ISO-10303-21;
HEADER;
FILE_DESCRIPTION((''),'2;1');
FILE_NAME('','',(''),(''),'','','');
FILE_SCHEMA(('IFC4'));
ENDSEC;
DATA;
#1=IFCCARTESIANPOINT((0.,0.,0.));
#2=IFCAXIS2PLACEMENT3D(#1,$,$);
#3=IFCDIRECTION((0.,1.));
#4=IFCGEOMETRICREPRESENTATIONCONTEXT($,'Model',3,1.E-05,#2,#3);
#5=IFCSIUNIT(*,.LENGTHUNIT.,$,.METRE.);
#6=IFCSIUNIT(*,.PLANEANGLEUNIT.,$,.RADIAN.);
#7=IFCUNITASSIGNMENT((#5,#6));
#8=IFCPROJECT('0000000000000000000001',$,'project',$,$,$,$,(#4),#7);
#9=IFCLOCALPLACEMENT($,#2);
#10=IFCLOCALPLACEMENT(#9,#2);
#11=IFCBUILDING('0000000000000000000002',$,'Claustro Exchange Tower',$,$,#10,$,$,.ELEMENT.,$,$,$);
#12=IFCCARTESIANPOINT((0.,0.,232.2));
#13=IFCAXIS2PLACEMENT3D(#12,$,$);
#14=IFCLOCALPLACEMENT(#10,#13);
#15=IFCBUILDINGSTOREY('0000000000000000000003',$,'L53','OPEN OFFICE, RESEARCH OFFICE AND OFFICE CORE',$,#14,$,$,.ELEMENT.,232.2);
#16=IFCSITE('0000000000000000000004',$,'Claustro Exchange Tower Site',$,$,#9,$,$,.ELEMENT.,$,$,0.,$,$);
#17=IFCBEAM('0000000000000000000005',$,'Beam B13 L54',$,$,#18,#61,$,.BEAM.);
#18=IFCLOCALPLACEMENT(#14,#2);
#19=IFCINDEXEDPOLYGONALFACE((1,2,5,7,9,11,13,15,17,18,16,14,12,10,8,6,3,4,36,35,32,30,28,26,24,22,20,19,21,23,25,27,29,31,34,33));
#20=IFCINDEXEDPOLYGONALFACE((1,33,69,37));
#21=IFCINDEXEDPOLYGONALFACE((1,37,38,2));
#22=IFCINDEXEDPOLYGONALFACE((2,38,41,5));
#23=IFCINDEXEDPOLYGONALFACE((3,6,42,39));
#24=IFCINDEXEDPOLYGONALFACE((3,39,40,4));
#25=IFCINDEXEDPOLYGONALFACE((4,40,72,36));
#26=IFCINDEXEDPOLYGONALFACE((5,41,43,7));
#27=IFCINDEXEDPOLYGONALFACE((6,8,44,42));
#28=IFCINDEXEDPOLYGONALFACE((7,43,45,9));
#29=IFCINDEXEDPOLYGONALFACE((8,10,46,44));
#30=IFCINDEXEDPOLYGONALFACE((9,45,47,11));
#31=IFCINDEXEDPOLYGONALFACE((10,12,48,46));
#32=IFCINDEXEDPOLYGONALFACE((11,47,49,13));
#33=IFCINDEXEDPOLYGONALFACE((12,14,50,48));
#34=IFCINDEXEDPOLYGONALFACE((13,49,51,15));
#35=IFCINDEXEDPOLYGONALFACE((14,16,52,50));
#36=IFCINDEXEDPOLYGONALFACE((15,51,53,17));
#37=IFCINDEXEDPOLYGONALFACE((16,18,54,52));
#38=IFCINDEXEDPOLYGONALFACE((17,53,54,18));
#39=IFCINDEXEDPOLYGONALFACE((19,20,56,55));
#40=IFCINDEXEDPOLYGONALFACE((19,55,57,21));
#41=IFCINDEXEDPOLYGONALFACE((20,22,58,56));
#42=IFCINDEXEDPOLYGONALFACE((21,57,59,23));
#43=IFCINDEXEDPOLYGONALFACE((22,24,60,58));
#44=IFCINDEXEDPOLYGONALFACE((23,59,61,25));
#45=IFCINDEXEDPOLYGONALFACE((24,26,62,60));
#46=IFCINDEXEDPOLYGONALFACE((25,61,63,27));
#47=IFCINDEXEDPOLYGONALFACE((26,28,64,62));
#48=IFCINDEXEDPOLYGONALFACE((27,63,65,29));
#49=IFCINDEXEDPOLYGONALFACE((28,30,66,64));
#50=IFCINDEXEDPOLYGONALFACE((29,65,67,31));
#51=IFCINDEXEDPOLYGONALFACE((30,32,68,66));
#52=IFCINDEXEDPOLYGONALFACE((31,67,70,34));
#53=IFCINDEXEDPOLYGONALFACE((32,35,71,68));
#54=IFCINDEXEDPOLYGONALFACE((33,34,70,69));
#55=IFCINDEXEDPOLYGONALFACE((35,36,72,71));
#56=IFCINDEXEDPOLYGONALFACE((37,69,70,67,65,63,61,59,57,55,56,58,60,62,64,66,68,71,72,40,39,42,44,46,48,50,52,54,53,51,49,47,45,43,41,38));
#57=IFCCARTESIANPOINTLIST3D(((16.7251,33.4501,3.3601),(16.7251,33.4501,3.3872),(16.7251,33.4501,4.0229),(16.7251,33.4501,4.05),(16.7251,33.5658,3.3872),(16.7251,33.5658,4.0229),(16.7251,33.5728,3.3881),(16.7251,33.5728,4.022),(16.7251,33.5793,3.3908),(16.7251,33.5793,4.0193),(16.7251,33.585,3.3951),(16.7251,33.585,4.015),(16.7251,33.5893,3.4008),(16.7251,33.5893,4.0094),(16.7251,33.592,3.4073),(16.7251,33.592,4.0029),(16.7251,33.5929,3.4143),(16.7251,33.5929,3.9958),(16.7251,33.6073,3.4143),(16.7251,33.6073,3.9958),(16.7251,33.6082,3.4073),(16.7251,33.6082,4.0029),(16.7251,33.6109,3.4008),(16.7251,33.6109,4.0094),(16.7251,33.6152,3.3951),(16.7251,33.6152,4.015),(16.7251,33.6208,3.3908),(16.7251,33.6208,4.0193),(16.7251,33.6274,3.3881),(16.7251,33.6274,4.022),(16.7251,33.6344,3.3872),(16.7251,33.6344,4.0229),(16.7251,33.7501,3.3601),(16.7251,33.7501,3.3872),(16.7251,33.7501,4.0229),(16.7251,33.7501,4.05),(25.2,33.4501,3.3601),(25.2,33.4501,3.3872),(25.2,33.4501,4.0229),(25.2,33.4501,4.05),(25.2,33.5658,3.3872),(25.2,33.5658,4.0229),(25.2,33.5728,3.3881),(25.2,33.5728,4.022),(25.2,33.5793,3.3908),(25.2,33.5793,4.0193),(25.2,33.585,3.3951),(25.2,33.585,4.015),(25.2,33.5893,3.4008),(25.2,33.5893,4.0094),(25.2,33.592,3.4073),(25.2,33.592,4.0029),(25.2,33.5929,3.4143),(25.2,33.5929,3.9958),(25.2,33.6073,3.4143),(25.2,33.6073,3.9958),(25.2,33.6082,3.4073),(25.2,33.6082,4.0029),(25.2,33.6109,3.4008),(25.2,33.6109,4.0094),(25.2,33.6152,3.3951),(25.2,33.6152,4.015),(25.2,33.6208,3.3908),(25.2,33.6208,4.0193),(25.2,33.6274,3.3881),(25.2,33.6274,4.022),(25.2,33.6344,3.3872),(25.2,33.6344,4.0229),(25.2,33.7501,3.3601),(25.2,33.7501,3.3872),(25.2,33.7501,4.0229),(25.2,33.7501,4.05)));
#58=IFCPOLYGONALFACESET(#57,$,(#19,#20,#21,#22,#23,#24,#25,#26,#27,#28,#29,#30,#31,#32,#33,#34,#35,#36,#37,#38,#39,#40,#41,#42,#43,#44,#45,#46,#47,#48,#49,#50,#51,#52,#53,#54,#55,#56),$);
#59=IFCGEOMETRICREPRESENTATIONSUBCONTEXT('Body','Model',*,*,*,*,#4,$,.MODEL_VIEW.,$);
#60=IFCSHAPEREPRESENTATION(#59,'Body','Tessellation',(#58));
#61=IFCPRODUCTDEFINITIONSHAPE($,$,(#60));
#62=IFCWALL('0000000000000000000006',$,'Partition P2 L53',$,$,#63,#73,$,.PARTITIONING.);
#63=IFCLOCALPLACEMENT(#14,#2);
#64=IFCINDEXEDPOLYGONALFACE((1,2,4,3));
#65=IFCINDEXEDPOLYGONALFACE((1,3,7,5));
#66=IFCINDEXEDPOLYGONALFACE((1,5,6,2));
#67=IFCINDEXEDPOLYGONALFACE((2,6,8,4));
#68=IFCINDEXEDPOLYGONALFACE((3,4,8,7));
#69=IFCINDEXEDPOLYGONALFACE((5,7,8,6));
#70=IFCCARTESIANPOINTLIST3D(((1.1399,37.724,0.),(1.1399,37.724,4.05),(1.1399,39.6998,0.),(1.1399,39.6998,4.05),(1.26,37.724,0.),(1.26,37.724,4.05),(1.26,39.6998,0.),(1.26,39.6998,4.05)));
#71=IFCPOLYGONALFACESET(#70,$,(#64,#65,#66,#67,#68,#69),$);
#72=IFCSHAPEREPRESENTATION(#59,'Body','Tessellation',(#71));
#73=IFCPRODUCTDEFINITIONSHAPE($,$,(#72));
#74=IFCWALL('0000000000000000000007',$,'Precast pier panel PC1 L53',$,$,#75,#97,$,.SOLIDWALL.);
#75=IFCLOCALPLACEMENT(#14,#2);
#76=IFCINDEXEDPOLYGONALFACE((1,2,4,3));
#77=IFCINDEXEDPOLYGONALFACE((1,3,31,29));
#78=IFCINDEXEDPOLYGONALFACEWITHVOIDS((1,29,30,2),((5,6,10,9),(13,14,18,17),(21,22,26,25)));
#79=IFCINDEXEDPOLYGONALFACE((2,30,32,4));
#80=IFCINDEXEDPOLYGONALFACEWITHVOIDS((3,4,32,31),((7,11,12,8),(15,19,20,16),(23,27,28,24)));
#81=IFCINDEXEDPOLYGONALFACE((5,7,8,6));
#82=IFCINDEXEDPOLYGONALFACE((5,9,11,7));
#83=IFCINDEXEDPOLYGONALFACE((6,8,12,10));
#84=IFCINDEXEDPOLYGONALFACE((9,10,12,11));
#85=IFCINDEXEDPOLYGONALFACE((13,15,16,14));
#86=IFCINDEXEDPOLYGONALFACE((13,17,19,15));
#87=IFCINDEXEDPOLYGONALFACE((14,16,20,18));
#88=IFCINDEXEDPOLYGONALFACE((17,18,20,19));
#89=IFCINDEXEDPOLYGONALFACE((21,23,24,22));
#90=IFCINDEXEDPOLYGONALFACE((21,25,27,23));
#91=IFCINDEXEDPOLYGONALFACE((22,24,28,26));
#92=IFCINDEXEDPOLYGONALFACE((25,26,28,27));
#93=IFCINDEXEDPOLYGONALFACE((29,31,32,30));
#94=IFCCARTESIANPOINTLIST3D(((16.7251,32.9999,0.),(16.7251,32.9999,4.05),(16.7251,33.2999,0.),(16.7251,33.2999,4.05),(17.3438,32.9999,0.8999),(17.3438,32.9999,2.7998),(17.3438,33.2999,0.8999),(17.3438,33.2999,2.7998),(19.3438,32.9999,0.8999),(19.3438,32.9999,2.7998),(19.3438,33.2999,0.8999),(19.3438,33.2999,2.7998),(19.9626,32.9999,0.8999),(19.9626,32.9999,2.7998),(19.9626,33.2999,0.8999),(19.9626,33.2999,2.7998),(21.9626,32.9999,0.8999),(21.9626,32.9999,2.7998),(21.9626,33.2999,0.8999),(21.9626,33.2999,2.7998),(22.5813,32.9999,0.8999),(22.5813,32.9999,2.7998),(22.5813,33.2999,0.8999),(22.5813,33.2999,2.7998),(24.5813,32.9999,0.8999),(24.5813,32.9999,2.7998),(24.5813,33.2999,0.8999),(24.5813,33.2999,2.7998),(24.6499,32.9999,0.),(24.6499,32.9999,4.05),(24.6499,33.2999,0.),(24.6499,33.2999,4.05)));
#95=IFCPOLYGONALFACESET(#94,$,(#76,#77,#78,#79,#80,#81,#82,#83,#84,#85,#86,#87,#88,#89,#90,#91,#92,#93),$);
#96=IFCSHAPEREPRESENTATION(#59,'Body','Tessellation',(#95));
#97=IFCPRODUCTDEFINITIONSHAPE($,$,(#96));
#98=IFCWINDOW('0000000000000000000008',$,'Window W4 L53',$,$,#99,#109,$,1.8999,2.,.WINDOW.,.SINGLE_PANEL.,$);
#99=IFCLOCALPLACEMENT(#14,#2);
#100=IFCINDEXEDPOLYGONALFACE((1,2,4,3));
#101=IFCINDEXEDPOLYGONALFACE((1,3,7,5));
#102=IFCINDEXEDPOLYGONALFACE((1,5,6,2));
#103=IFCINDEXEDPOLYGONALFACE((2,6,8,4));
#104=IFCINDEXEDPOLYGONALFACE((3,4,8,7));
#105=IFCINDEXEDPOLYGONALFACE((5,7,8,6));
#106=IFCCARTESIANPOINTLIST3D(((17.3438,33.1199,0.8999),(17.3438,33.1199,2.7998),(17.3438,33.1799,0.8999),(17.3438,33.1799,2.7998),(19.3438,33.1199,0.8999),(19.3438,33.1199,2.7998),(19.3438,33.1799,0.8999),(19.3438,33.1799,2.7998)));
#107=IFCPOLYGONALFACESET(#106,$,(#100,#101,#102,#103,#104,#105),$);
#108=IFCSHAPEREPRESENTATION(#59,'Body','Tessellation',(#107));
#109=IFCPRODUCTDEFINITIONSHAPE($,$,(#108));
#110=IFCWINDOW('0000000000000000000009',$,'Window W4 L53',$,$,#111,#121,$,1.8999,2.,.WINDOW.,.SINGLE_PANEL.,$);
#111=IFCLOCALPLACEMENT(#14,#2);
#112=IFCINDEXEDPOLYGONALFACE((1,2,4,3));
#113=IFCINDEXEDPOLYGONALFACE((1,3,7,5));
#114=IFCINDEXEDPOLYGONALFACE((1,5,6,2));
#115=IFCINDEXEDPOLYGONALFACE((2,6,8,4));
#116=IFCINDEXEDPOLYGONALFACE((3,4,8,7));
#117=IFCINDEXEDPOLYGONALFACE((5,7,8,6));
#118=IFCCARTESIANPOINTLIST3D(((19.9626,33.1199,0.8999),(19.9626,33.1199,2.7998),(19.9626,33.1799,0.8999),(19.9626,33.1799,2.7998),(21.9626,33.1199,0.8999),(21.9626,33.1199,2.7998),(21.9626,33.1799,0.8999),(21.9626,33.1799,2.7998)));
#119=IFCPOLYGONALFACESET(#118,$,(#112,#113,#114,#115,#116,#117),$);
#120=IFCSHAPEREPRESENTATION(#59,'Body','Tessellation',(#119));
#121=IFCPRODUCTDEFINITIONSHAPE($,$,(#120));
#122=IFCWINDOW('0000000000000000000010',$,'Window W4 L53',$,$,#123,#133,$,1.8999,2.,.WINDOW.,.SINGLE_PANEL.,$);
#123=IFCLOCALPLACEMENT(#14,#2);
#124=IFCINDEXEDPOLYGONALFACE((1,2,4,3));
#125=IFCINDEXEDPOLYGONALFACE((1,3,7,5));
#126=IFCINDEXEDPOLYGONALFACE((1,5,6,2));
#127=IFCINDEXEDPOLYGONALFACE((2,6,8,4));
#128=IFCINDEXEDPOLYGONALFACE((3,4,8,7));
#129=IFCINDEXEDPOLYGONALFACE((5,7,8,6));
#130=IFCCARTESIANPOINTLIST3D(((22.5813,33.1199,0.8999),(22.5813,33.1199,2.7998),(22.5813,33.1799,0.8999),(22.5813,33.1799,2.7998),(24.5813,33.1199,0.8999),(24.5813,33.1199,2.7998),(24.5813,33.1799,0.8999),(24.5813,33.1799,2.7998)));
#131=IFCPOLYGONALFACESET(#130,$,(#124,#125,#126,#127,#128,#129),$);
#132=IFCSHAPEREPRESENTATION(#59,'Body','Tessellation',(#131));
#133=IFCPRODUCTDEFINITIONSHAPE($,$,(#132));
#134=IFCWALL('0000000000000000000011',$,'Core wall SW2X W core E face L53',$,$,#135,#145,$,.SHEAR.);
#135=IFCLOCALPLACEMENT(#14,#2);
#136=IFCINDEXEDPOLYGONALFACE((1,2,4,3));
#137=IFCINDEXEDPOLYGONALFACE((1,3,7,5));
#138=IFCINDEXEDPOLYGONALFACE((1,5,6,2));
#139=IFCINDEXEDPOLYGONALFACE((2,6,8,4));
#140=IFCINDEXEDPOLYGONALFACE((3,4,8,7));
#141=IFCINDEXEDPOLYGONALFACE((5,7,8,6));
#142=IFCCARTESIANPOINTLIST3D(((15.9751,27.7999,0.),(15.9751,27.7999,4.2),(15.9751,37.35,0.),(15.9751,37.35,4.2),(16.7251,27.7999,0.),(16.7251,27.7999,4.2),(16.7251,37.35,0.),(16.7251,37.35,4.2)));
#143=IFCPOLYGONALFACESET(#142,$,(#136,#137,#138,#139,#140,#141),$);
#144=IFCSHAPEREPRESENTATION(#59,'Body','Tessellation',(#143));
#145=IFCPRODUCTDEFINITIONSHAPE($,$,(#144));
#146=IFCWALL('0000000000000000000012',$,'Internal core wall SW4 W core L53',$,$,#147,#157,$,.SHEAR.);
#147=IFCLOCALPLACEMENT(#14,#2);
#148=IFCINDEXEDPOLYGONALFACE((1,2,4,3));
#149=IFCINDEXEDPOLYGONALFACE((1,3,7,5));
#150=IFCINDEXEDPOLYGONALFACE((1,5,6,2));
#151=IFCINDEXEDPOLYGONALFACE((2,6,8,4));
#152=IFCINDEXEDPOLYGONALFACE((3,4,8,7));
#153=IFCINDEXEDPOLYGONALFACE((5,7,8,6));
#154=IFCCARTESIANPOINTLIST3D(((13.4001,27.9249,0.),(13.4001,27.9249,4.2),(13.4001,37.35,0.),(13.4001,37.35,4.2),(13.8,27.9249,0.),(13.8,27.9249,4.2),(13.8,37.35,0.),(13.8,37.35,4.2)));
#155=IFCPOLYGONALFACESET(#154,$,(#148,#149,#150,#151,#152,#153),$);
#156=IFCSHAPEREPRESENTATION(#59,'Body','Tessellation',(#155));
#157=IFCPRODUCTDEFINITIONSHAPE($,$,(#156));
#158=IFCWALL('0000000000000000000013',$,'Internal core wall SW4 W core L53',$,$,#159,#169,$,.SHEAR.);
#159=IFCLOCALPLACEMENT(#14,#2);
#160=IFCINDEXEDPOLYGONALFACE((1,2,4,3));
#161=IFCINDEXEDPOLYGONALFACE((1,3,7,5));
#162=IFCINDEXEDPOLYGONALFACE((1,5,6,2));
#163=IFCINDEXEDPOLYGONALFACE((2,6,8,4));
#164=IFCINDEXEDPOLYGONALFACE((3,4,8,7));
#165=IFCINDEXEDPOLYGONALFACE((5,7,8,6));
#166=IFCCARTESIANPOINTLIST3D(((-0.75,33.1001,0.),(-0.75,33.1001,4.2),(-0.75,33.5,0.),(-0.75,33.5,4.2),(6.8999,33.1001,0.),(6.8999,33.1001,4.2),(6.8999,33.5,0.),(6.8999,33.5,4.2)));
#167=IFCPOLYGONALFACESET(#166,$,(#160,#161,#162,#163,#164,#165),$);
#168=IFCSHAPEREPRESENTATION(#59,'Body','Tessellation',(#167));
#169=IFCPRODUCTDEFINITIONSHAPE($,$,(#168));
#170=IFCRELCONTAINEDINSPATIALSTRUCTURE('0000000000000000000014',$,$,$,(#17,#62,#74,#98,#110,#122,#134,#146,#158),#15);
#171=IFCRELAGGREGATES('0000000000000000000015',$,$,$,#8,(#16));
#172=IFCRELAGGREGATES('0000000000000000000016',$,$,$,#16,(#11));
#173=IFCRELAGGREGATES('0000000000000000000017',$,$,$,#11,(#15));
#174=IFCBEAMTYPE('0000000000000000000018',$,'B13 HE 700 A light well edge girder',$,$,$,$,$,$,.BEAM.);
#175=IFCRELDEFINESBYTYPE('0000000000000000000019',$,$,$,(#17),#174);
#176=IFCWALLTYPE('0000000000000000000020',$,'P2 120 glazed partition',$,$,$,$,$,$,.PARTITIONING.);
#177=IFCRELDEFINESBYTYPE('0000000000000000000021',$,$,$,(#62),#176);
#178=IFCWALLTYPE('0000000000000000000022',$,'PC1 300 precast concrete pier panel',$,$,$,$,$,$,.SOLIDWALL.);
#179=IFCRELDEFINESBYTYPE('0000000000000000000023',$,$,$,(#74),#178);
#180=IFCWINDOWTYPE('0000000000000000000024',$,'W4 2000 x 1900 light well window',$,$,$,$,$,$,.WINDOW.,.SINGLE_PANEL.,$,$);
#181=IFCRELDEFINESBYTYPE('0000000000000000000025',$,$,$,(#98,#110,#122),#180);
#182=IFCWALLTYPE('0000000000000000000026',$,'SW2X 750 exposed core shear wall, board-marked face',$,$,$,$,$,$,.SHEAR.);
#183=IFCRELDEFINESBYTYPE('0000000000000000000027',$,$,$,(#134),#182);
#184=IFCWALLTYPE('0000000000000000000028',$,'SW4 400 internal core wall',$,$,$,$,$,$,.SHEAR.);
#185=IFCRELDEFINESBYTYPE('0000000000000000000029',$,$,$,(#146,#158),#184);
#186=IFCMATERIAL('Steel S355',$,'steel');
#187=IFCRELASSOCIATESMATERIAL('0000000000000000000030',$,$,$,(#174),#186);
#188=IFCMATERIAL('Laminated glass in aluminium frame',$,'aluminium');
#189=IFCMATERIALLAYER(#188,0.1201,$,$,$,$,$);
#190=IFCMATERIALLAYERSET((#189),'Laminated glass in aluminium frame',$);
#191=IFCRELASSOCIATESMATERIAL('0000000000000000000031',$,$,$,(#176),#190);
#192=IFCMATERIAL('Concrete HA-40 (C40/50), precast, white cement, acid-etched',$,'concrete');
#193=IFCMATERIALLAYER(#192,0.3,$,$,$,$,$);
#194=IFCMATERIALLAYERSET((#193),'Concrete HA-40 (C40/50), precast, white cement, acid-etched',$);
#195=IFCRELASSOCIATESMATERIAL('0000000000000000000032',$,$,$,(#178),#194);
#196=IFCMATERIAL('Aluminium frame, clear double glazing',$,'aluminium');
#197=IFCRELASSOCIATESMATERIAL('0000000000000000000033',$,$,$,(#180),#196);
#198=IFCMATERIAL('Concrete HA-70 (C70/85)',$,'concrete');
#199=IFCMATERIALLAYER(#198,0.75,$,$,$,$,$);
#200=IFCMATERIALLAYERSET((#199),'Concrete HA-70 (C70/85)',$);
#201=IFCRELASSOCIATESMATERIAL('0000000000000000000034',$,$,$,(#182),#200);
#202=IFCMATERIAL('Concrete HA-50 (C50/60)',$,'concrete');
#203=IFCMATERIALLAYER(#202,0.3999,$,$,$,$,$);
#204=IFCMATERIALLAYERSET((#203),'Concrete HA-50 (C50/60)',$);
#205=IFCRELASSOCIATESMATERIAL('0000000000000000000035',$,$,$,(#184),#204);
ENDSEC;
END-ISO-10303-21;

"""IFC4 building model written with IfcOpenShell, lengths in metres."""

from ifc_helpers import new_model, si_unit, direction, frame, frame_2d, origin, origin_2d, place, context, subcontext, project, spatial, rectangle, i_section, extrude, material, layer, layer_set, material_profile, profile_set, type_object, element, fill, save


model = new_model("IFC4")

# Units and contexts
model_context = context("Model", 3, precision=1e-05, world=origin(), true_north=direction((0.0, 1.0)))
body_context = subcontext(model_context, "Body", "Model", "MODEL_VIEW")
ifc_project = project(units=[si_unit("LENGTHUNIT", "METRE"), si_unit("PLANEANGLEUNIT", "RADIAN")], contexts=[model_context])

# Site, building, storey
site_placement = place(None, origin())
site = spatial("IfcSite", under=ifc_project, at=site_placement, Name="Claustro Exchange Tower Site", CompositionType="ELEMENT", RefElevation=0.0)
building_placement = place(site_placement, origin())
building = spatial("IfcBuilding", under=site, at=building_placement, Name="Claustro Exchange Tower", CompositionType="ELEMENT")
storey_placement = place(building_placement, frame((0.0, 0.0, 232.2)))
storey = spatial("IfcBuildingStorey", under=building, at=storey_placement, Name="L53", Description="OPEN OFFICE, RESEARCH OFFICE AND OFFICE CORE", CompositionType="ELEMENT", Elevation=232.2)

# Beam
ifc_material_1 = material(Name="Steel S355", Category="steel")
ifc_material_profile = material_profile(ifc_material_1, i_section(OverallWidth=0.3, OverallDepth=0.6899, WebThickness=0.0144, FlangeThickness=0.0271, FilletRadius=0.0271, at=origin_2d()), Name="HE 700 A")
ifc_profile_set = profile_set([ifc_material_profile], Name="Steel S355")
beam_type = type_object("IfcBeamType", Name="B13 HE 700 A light well edge girder", PredefinedType="BEAM", material=ifc_profile_set)
beam_placement = place(storey_placement, frame((16.7251, 33.6001, 3.7051), z_axis=(1.0, 0.0, 0.0), x_axis=(0.0, 1.0, 0.0)))
element("IfcBeam", 1, at=beam_placement, inside=storey, type_object=beam_type, Name="Beam B13 L54", PredefinedType="BEAM", context=body_context, shape_type="SweptSolid", body=[
    extrude(i_section(OverallWidth=0.3, OverallDepth=0.6899, WebThickness=0.0144, FlangeThickness=0.0271, FilletRadius=0.0271, at=origin_2d()), origin(), (0.0, 0.0, 1.0), 8.4749),
])

# Wall
ifc_material_2 = material(Name="Laminated glass in aluminium frame", Category="aluminium")
ifc_layer_1 = layer(ifc_material_2, 0.1201)
ifc_layer_set_1 = layer_set([ifc_layer_1], Name="Laminated glass in aluminium frame")
wall_type_1 = type_object("IfcWallType", Name="P2 120 glazed partition", PredefinedType="PARTITIONING", material=ifc_layer_set_1)
wall_1_placement = place(storey_placement, frame((1.2, 37.7241, 0.0), z_axis=(0.0, 0.0, 1.0), x_axis=(0.0, 1.0, 0.0)))
element("IfcWall", 2, at=wall_1_placement, inside=storey, type_object=wall_type_1, Name="Partition P2 L53", PredefinedType="PARTITIONING", context=body_context, shape_type="SweptSolid", body=[
    extrude(rectangle(XDim=1.9758, YDim=0.1201, at=frame_2d((0.9878, 0.0))), origin(), (0.0, 0.0, 1.0), 4.05),
])

# Wall, openings, windows
ifc_material_3 = material(Name="Concrete HA-40 (C40/50), precast, white cement, acid-etched", Category="concrete")
ifc_layer_2 = layer(ifc_material_3, 0.3)
ifc_layer_set_2 = layer_set([ifc_layer_2], Name="Concrete HA-40 (C40/50), precast, white cement, acid-etched")
wall_type_2 = type_object("IfcWallType", Name="PC1 300 precast concrete pier panel", PredefinedType="SOLIDWALL", material=ifc_layer_set_2)
wall_2_placement = place(storey_placement, frame((16.7251, 33.1499, 0.0), z_axis=(0.0, 0.0, 1.0), x_axis=(1.0, 0.0, 0.0)))
wall_2 = element("IfcWall", 3, at=wall_2_placement, inside=storey, type_object=wall_type_2, Name="Precast pier panel PC1 L53", PredefinedType="SOLIDWALL", context=body_context, shape_type="SweptSolid", body=[
    extrude(rectangle(XDim=7.9248, YDim=0.3, at=frame_2d((3.9624, 0.0))), origin(), (0.0, 0.0, 1.0), 4.05),
])
opening_1_placement = place(wall_2_placement, frame((0.6187, 0.0, 0.8999)))
opening_1 = element("IfcOpeningElement", 4, at=opening_1_placement, cuts=wall_2, PredefinedType="OPENING", context=body_context, shape_type="SweptSolid", body=[
    extrude(rectangle(XDim=2.0, YDim=1.8999, at=frame_2d((1.0, 0.95))), frame((0.0, 0.1599, 0.0), z_axis=(0.0, -1.0, 0.0), x_axis=(1.0, 0.0, 0.0)), (0.0, 0.0, 1.0), 0.3201),
])
opening_2_placement = place(wall_2_placement, frame((3.2375, 0.0, 0.8999)))
opening_2 = element("IfcOpeningElement", 5, at=opening_2_placement, cuts=wall_2, PredefinedType="OPENING", context=body_context, shape_type="SweptSolid", body=[
    extrude(rectangle(XDim=2.0, YDim=1.8999, at=frame_2d((1.0, 0.95))), frame((0.0, 0.1599, 0.0), z_axis=(0.0, -1.0, 0.0), x_axis=(1.0, 0.0, 0.0)), (0.0, 0.0, 1.0), 0.3201),
])
opening_3_placement = place(wall_2_placement, frame((5.8562, 0.0, 0.8999)))
opening_3 = element("IfcOpeningElement", 6, at=opening_3_placement, cuts=wall_2, PredefinedType="OPENING", context=body_context, shape_type="SweptSolid", body=[
    extrude(rectangle(XDim=2.0, YDim=1.8999, at=frame_2d((1.0, 0.95))), frame((0.0, 0.1599, 0.0), z_axis=(0.0, -1.0, 0.0), x_axis=(1.0, 0.0, 0.0)), (0.0, 0.0, 1.0), 0.3201),
])
ifc_material_4 = material(Name="Aluminium frame, clear double glazing", Category="aluminium")
window_type = type_object("IfcWindowType", Name="W4 2000 x 1900 light well window", PartitioningType="SINGLE_PANEL", PredefinedType="WINDOW", material=ifc_material_4)
window_1_placement = place(opening_1_placement, origin())
window_1 = element("IfcWindow", 7, at=window_1_placement, inside=storey, type_object=window_type, Name="Window W4 L53", OverallHeight=1.8999, OverallWidth=2.0, PartitioningType="SINGLE_PANEL", PredefinedType="WINDOW", context=body_context, shape_type="SweptSolid", body=[
    extrude(rectangle(XDim=2.0, YDim=1.8999, at=frame_2d((1.0, 0.95))), frame((0.0, 0.03, 0.0), z_axis=(0.0, -1.0, 0.0), x_axis=(1.0, 0.0, 0.0)), (0.0, 0.0, 1.0), 0.0601),
])
fill(opening_1, window_1)
window_2_placement = place(opening_2_placement, origin())
window_2 = element("IfcWindow", 8, at=window_2_placement, inside=storey, type_object=window_type, Name="Window W4 L53", OverallHeight=1.8999, OverallWidth=2.0, PartitioningType="SINGLE_PANEL", PredefinedType="WINDOW", context=body_context, shape_type="SweptSolid", body=[
    extrude(rectangle(XDim=2.0, YDim=1.8999, at=frame_2d((1.0, 0.95))), frame((0.0, 0.03, 0.0), z_axis=(0.0, -1.0, 0.0), x_axis=(1.0, 0.0, 0.0)), (0.0, 0.0, 1.0), 0.0601),
])
fill(opening_2, window_2)
window_3_placement = place(opening_3_placement, origin())
window_3 = element("IfcWindow", 9, at=window_3_placement, inside=storey, type_object=window_type, Name="Window W4 L53", OverallHeight=1.8999, OverallWidth=2.0, PartitioningType="SINGLE_PANEL", PredefinedType="WINDOW", context=body_context, shape_type="SweptSolid", body=[
    extrude(rectangle(XDim=2.0, YDim=1.8999, at=frame_2d((1.0, 0.95))), frame((0.0, 0.03, 0.0), z_axis=(0.0, -1.0, 0.0), x_axis=(1.0, 0.0, 0.0)), (0.0, 0.0, 1.0), 0.0601),
])
fill(opening_3, window_3)

# Walls
ifc_material_5 = material(Name="Concrete HA-70 (C70/85)", Category="concrete")
ifc_layer_3 = layer(ifc_material_5, 0.75)
ifc_layer_set_3 = layer_set([ifc_layer_3], Name="Concrete HA-70 (C70/85)")
wall_type_3 = type_object("IfcWallType", Name="SW2X 750 exposed core shear wall, board-marked face", PredefinedType="SHEAR", material=ifc_layer_set_3)
wall_3_placement = place(storey_placement, frame((16.3501, 27.8, 0.0), z_axis=(0.0, 0.0, 1.0), x_axis=(0.0, 1.0, 0.0)))
element("IfcWall", 10, at=wall_3_placement, inside=storey, type_object=wall_type_3, Name="Core wall SW2X W core E face L53", PredefinedType="SHEAR", context=body_context, shape_type="SweptSolid", body=[
    extrude(rectangle(XDim=9.55, YDim=0.75, at=frame_2d((4.7749, 0.0))), origin(), (0.0, 0.0, 1.0), 4.2),
])
ifc_material_6 = material(Name="Concrete HA-50 (C50/60)", Category="concrete")
ifc_layer_4 = layer(ifc_material_6, 0.3999)
ifc_layer_set_4 = layer_set([ifc_layer_4], Name="Concrete HA-50 (C50/60)")
wall_type_4 = type_object("IfcWallType", Name="SW4 400 internal core wall", PredefinedType="SHEAR", material=ifc_layer_set_4)
wall_4_placement = place(storey_placement, frame((13.6001, 27.925, 0.0), z_axis=(0.0, 0.0, 1.0), x_axis=(0.0, 1.0, 0.0)))
element("IfcWall", 11, at=wall_4_placement, inside=storey, type_object=wall_type_4, Name="Internal core wall SW4 W core L53", PredefinedType="SHEAR", context=body_context, shape_type="SweptSolid", body=[
    extrude(rectangle(XDim=9.425, YDim=0.3999, at=frame_2d((4.7124, 0.0))), origin(), (0.0, 0.0, 1.0), 4.2),
])
wall_5_placement = place(storey_placement, frame((-0.75, 33.3, 0.0), z_axis=(0.0, 0.0, 1.0), x_axis=(1.0, 0.0, 0.0)))
element("IfcWall", 12, at=wall_5_placement, inside=storey, type_object=wall_type_4, Name="Internal core wall SW4 W core L53", PredefinedType="SHEAR", context=body_context, shape_type="SweptSolid", body=[
    extrude(rectangle(XDim=7.6499, YDim=0.3999, at=frame_2d((3.825, 0.0))), origin(), (0.0, 0.0, 1.0), 4.2),
])

save(model, "model.ifc")
